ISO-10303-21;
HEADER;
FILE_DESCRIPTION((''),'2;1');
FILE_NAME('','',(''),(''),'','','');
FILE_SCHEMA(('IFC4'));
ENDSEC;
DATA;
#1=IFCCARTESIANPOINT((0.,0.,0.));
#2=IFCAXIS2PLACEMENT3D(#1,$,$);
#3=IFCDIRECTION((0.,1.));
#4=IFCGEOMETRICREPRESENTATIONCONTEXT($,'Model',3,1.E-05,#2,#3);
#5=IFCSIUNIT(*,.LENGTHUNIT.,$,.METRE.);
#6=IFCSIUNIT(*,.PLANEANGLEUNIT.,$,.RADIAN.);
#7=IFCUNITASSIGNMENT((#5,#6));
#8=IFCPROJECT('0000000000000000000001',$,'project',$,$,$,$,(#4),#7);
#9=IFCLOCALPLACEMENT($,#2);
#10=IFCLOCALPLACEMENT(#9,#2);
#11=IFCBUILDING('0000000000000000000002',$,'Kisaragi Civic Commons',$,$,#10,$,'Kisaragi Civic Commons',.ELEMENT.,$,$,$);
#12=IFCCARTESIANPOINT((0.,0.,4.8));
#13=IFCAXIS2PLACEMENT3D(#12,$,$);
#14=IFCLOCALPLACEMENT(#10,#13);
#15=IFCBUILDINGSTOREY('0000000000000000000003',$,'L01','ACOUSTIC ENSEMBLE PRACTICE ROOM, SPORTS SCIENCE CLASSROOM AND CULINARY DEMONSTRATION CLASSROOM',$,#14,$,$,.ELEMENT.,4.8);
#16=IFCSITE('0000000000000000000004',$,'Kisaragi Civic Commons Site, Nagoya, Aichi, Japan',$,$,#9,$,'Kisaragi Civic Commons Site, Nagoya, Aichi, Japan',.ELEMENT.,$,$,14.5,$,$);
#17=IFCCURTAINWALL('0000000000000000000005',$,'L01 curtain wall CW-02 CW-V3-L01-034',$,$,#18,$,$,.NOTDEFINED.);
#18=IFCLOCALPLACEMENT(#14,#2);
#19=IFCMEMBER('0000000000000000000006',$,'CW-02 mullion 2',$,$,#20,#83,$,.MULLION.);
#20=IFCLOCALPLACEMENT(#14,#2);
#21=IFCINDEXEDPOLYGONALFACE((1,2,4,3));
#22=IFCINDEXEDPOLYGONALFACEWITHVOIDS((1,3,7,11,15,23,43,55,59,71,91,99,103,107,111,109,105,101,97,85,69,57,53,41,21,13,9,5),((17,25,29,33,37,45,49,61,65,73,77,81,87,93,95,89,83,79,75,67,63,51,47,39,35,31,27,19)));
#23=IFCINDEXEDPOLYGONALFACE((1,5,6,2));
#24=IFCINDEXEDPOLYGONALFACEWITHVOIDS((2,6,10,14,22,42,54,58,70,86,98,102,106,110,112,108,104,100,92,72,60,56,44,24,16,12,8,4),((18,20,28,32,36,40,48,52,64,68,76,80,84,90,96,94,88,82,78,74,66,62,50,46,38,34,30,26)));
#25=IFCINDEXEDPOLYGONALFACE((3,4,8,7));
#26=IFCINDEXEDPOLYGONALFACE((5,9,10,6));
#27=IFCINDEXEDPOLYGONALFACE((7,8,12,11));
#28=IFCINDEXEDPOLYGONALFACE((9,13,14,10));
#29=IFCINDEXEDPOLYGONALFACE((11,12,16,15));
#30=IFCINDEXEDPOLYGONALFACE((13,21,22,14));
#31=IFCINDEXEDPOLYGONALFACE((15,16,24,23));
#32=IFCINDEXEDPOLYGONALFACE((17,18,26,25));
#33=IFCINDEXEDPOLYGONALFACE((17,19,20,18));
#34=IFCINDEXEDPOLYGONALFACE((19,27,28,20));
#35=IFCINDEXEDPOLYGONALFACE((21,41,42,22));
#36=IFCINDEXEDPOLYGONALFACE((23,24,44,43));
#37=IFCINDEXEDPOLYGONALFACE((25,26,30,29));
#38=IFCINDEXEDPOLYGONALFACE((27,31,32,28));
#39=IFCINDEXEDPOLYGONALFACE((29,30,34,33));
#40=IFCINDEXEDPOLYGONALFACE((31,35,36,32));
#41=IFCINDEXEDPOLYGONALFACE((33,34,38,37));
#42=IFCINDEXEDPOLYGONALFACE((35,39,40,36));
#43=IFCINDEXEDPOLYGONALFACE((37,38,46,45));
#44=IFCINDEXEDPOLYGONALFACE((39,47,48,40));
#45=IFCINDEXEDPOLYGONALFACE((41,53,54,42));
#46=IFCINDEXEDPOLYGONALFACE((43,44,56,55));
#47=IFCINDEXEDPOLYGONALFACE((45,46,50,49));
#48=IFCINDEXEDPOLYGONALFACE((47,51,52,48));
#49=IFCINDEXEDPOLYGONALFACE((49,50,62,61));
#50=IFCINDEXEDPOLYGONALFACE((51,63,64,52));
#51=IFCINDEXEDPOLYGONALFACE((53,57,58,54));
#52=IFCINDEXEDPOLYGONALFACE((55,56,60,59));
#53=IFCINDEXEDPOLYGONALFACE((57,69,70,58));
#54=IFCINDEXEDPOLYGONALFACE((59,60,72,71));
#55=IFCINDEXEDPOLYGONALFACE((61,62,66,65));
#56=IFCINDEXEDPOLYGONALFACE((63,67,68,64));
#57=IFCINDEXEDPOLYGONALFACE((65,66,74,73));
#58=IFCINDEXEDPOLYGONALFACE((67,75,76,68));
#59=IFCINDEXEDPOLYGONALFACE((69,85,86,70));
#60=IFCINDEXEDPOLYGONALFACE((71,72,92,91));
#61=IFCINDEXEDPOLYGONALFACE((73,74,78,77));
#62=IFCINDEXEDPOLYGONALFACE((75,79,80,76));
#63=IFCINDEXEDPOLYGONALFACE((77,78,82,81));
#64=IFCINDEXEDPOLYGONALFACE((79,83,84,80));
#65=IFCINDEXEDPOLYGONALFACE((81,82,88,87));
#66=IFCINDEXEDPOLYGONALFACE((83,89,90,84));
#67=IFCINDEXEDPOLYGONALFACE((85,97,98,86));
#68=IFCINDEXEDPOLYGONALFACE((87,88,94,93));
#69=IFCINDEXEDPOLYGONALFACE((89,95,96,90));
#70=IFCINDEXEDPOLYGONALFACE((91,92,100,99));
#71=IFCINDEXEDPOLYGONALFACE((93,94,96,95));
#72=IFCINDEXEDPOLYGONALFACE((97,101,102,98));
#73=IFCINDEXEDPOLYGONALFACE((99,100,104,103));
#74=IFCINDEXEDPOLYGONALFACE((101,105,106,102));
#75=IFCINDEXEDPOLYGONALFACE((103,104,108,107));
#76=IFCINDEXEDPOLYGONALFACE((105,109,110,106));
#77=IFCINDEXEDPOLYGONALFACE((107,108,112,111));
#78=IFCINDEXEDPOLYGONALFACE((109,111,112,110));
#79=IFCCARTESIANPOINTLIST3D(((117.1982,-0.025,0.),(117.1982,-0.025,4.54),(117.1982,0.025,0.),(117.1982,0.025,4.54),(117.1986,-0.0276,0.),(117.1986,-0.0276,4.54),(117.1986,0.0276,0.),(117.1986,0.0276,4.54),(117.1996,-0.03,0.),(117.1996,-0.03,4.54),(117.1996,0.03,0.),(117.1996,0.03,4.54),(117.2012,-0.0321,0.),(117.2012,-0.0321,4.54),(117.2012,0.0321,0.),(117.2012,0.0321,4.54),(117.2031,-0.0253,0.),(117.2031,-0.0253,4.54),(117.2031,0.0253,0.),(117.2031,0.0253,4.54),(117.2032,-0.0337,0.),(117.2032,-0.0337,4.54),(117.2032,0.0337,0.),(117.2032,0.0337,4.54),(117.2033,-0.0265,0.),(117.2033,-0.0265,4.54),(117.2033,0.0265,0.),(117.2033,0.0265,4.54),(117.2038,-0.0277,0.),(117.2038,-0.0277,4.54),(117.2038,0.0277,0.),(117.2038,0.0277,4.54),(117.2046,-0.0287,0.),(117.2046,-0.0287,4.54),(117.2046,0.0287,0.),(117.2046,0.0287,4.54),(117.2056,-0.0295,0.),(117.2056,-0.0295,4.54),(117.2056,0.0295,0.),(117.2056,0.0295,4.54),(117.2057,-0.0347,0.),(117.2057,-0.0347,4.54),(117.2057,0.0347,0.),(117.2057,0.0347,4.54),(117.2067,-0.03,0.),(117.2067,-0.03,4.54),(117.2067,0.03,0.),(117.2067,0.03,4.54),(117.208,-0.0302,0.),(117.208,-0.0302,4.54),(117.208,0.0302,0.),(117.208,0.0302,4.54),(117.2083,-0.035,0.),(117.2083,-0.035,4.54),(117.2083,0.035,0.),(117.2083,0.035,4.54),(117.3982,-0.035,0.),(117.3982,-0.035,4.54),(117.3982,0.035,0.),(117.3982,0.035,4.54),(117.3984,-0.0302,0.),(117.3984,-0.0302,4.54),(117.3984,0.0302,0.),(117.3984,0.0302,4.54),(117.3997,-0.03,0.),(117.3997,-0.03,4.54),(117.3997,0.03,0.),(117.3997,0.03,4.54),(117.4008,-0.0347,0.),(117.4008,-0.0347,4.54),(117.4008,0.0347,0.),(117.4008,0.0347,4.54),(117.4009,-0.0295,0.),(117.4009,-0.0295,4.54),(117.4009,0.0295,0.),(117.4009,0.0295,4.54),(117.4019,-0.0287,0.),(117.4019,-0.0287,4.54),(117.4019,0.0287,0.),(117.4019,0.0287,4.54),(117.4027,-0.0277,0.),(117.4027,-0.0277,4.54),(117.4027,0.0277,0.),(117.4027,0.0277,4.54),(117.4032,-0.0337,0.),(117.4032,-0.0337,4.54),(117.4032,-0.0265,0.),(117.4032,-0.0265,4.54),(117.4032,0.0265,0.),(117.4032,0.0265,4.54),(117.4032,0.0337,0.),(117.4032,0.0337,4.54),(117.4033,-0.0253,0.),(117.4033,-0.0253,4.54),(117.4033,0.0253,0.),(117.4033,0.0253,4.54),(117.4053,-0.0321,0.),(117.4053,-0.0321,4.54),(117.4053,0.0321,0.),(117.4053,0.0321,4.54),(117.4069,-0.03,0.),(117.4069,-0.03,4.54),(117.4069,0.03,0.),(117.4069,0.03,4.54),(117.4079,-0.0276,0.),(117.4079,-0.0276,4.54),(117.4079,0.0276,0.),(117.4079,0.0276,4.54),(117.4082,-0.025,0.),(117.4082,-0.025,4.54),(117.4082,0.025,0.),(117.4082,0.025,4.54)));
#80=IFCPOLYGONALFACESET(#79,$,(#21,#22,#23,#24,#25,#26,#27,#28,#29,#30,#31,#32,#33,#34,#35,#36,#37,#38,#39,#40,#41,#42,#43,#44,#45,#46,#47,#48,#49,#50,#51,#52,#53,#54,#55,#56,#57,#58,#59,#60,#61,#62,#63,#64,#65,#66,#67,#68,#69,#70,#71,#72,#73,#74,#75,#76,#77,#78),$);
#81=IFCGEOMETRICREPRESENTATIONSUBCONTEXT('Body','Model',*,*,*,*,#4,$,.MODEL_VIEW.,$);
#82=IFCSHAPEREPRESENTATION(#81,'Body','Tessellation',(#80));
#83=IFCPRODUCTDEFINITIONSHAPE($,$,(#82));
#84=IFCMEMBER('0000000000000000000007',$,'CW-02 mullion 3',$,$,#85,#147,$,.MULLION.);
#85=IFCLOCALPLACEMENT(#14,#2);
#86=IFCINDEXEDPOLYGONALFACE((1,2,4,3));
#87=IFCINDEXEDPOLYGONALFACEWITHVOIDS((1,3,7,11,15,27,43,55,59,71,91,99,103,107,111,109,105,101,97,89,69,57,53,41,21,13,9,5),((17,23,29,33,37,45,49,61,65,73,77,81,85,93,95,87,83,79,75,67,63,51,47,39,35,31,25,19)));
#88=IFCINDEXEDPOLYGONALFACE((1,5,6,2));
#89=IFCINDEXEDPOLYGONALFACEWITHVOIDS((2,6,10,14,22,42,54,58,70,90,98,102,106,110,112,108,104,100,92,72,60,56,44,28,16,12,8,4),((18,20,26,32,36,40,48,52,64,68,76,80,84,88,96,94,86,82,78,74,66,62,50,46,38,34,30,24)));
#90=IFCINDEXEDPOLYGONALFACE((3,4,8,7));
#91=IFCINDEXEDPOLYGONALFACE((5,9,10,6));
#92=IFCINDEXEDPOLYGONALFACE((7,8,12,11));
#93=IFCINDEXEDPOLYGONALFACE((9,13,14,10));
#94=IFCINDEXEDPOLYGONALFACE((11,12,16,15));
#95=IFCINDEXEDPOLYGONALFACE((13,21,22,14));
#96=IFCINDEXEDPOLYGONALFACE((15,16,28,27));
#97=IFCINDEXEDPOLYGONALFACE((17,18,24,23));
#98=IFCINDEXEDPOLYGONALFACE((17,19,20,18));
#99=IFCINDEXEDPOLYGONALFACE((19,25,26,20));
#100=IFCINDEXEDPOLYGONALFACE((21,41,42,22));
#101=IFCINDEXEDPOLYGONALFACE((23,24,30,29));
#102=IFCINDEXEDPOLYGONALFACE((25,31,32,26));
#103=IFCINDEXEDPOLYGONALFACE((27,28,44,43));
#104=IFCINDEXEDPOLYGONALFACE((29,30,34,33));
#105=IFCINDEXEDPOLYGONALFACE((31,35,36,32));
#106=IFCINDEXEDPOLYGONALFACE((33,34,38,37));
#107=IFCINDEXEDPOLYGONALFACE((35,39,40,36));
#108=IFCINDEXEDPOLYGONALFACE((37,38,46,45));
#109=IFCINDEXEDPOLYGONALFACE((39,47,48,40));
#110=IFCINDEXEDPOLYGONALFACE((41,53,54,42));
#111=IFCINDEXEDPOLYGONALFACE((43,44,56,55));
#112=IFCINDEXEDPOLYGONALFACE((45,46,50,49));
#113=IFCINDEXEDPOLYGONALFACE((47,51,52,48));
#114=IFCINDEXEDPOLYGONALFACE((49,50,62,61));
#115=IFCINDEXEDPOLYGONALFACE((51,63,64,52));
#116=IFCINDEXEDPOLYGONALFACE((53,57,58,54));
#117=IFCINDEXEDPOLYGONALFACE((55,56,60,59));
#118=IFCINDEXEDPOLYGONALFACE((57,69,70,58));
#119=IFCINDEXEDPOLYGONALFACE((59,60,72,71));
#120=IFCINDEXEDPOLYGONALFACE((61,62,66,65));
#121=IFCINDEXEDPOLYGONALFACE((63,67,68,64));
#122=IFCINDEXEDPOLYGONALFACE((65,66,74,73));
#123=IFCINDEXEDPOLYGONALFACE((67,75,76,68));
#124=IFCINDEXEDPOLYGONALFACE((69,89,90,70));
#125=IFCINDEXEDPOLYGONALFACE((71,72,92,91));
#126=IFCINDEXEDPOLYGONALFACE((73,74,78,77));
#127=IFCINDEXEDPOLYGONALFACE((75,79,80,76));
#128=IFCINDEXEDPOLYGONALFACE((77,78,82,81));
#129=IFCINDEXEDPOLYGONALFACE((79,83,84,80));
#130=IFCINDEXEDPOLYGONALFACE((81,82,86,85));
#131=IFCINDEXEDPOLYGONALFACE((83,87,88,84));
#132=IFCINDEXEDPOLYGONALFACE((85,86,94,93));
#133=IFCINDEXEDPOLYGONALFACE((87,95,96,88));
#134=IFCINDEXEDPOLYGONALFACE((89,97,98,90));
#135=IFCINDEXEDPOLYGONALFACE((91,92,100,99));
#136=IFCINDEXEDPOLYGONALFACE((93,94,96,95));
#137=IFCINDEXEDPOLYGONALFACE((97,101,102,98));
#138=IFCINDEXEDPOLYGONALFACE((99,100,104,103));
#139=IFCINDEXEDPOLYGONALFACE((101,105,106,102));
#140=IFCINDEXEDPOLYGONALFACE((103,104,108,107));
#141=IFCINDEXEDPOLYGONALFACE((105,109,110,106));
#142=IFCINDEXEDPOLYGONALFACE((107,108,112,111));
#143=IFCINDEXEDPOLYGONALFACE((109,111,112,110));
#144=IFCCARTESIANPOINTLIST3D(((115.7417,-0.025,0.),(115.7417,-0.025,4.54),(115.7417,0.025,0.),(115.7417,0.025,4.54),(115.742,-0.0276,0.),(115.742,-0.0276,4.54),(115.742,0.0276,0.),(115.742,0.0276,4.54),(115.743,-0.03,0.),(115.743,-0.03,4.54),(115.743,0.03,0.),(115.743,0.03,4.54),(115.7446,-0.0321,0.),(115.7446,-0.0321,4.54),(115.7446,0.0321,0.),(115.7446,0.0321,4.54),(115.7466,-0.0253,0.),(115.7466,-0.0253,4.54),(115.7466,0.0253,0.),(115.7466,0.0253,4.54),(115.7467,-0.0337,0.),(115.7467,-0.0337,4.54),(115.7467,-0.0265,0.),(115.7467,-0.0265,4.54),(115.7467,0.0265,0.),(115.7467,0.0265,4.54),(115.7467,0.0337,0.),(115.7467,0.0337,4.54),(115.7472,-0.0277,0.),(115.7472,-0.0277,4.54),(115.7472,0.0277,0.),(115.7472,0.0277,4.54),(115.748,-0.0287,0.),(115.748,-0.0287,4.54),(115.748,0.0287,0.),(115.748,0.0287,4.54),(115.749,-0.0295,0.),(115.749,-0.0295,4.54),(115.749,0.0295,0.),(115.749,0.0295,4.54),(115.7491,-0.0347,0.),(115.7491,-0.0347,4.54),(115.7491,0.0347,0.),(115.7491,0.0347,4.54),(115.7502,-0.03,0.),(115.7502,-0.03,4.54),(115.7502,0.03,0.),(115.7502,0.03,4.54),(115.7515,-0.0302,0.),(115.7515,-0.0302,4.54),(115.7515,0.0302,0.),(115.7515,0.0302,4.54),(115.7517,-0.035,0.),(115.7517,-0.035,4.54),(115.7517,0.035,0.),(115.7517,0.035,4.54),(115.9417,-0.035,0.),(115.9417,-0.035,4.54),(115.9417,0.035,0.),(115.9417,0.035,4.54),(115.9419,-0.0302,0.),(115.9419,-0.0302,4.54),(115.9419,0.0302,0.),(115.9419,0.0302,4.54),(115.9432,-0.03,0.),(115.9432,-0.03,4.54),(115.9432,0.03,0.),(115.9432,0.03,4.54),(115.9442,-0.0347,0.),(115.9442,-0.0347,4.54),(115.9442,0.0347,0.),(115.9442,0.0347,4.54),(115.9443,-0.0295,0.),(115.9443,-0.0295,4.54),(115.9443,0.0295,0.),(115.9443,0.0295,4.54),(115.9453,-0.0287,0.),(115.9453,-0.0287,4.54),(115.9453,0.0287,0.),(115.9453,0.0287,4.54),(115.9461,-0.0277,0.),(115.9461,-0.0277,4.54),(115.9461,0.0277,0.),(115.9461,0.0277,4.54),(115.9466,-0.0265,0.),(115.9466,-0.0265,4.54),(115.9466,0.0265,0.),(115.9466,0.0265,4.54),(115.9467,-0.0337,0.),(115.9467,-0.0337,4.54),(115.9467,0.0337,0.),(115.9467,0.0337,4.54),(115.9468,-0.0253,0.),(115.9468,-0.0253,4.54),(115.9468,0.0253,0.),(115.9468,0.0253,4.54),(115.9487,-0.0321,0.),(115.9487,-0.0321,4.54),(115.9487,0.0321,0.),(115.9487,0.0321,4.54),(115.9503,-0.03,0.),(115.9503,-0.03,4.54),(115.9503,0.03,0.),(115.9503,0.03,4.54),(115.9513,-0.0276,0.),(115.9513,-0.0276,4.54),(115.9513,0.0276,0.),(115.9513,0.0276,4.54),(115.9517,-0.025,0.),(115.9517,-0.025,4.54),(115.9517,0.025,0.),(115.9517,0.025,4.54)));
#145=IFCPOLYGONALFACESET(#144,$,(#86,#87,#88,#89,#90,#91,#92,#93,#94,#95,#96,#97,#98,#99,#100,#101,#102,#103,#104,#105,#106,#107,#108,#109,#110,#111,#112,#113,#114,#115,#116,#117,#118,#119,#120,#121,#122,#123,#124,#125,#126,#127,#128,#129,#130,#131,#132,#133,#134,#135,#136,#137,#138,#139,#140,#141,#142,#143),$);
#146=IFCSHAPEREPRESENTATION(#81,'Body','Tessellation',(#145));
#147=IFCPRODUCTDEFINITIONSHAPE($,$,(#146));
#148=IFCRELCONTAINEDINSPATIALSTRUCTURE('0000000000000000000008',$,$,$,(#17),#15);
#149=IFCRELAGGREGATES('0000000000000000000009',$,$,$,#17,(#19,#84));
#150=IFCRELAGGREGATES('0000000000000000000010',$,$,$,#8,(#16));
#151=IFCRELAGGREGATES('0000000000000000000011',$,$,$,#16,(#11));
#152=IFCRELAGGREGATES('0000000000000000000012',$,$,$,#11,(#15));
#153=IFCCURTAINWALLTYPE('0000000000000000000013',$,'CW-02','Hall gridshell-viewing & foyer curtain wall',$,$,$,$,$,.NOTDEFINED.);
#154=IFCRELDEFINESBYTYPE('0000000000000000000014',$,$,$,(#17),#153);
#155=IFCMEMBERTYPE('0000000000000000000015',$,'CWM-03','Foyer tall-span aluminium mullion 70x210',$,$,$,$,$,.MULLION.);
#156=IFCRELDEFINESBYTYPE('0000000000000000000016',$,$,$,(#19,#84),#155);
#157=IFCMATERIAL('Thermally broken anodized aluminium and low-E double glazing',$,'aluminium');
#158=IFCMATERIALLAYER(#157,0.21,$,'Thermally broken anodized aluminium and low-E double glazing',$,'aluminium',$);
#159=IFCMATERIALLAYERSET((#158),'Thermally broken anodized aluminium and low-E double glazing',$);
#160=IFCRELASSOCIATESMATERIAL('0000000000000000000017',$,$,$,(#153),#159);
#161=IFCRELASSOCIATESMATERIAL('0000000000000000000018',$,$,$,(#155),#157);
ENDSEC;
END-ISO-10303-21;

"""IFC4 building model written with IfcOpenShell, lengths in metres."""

from ifc_helpers import new_model, si_unit, direction, frame, origin, origin_2d, place, context, subcontext, project, spatial, hollow_rectangle, extrude, material, layer, layer_set, material_profile, profile_set, type_object, element, aggregate, save


model = new_model("IFC4")

# Units and contexts
model_context = context("Model", 3, precision=1e-05, world=origin(), true_north=direction((0.0, 1.0)))
body_context = subcontext(model_context, "Body", "Model", "MODEL_VIEW")
ifc_project = project(units=[si_unit("LENGTHUNIT", "METRE"), si_unit("PLANEANGLEUNIT", "RADIAN")], contexts=[model_context])

# Site, building, storey
site_placement = place(None, origin())
site = spatial("IfcSite", under=ifc_project, at=site_placement, Name="Kisaragi Civic Commons Site, Nagoya, Aichi, Japan", LongName="Kisaragi Civic Commons Site, Nagoya, Aichi, Japan", CompositionType="ELEMENT", RefElevation=14.5)
building_placement = place(site_placement, origin())
building = spatial("IfcBuilding", under=site, at=building_placement, Name="Kisaragi Civic Commons", LongName="Kisaragi Civic Commons", CompositionType="ELEMENT")
storey_placement = place(building_placement, frame((0.0, 0.0, 4.8)))
storey = spatial("IfcBuildingStorey", under=building, at=storey_placement, Name="L01", Description="ACOUSTIC ENSEMBLE PRACTICE ROOM, SPORTS SCIENCE CLASSROOM AND CULINARY DEMONSTRATION CLASSROOM", CompositionType="ELEMENT", Elevation=4.8)

# Shared definitions
ifc_material = material(Name="Thermally broken anodized aluminium and low-E double glazing", Category="aluminium")
ifc_layer_1 = layer(ifc_material, 0.21, Name="Thermally broken anodized aluminium and low-E double glazing", Category="aluminium")
ifc_layer_set_1 = layer_set([ifc_layer_1], Name="Thermally broken anodized aluminium and low-E double glazing")
curtain_wall_type = type_object("IfcCurtainWallType", Name="CW-02", Description="Hall gridshell-viewing & foyer curtain wall", PredefinedType="NOTDEFINED", material=ifc_layer_set_1)
ifc_material_profile_1 = material_profile(ifc_material, hollow_rectangle(XDim=0.0701, YDim=0.21, WallThickness=0.0049, InnerFilletRadius=0.0049, OuterFilletRadius=0.01, at=origin_2d()), Name="CWM-70x210x5", Category="aluminium")
ifc_profile_set_1 = profile_set([ifc_material_profile_1], Name="Thermally broken anodized aluminium and low-E double glazing")
member_type_1 = type_object("IfcMemberType", Name="CWM-03", Description="Foyer tall-span aluminium mullion 70x210", PredefinedType="MULLION", material=ifc_profile_set_1)

# Curtain wall, members
curtain_wall_1_placement = place(storey_placement, origin())
curtain_wall_1 = element("IfcCurtainWall", 1, at=curtain_wall_1_placement, inside=storey, type_object=curtain_wall_type, Name="L01 curtain wall CW-02 CW-V3-L01-034", PredefinedType="NOTDEFINED")
member_1_placement = place(storey_placement, frame((117.3032, 0.0, 0.0), z_axis=(0.0, 0.0, 1.0), x_axis=(0.0, -1.0, 0.0)))
member_1 = element("IfcMember", 2, at=member_1_placement, type_object=member_type_1, Name="CW-02 mullion 2", PredefinedType="MULLION", context=body_context, shape_type="SweptSolid", body=[
    extrude(hollow_rectangle(XDim=0.0701, YDim=0.21, WallThickness=0.0049, InnerFilletRadius=0.0049, OuterFilletRadius=0.01, at=origin_2d()), origin(), (0.0, 0.0, 1.0), 4.54),
])
member_2_placement = place(storey_placement, frame((115.8467, 0.0, 0.0), z_axis=(0.0, 0.0, 1.0), x_axis=(0.0, -1.0, 0.0)))
member_2 = element("IfcMember", 3, at=member_2_placement, type_object=member_type_1, Name="CW-02 mullion 3", PredefinedType="MULLION", context=body_context, shape_type="SweptSolid", body=[
    extrude(hollow_rectangle(XDim=0.0701, YDim=0.21, WallThickness=0.0049, InnerFilletRadius=0.0049, OuterFilletRadius=0.01, at=origin_2d()), origin(), (0.0, 0.0, 1.0), 4.54),
])

aggregate(curtain_wall_1, [member_1, member_2])

save(model, "model.ifc")
